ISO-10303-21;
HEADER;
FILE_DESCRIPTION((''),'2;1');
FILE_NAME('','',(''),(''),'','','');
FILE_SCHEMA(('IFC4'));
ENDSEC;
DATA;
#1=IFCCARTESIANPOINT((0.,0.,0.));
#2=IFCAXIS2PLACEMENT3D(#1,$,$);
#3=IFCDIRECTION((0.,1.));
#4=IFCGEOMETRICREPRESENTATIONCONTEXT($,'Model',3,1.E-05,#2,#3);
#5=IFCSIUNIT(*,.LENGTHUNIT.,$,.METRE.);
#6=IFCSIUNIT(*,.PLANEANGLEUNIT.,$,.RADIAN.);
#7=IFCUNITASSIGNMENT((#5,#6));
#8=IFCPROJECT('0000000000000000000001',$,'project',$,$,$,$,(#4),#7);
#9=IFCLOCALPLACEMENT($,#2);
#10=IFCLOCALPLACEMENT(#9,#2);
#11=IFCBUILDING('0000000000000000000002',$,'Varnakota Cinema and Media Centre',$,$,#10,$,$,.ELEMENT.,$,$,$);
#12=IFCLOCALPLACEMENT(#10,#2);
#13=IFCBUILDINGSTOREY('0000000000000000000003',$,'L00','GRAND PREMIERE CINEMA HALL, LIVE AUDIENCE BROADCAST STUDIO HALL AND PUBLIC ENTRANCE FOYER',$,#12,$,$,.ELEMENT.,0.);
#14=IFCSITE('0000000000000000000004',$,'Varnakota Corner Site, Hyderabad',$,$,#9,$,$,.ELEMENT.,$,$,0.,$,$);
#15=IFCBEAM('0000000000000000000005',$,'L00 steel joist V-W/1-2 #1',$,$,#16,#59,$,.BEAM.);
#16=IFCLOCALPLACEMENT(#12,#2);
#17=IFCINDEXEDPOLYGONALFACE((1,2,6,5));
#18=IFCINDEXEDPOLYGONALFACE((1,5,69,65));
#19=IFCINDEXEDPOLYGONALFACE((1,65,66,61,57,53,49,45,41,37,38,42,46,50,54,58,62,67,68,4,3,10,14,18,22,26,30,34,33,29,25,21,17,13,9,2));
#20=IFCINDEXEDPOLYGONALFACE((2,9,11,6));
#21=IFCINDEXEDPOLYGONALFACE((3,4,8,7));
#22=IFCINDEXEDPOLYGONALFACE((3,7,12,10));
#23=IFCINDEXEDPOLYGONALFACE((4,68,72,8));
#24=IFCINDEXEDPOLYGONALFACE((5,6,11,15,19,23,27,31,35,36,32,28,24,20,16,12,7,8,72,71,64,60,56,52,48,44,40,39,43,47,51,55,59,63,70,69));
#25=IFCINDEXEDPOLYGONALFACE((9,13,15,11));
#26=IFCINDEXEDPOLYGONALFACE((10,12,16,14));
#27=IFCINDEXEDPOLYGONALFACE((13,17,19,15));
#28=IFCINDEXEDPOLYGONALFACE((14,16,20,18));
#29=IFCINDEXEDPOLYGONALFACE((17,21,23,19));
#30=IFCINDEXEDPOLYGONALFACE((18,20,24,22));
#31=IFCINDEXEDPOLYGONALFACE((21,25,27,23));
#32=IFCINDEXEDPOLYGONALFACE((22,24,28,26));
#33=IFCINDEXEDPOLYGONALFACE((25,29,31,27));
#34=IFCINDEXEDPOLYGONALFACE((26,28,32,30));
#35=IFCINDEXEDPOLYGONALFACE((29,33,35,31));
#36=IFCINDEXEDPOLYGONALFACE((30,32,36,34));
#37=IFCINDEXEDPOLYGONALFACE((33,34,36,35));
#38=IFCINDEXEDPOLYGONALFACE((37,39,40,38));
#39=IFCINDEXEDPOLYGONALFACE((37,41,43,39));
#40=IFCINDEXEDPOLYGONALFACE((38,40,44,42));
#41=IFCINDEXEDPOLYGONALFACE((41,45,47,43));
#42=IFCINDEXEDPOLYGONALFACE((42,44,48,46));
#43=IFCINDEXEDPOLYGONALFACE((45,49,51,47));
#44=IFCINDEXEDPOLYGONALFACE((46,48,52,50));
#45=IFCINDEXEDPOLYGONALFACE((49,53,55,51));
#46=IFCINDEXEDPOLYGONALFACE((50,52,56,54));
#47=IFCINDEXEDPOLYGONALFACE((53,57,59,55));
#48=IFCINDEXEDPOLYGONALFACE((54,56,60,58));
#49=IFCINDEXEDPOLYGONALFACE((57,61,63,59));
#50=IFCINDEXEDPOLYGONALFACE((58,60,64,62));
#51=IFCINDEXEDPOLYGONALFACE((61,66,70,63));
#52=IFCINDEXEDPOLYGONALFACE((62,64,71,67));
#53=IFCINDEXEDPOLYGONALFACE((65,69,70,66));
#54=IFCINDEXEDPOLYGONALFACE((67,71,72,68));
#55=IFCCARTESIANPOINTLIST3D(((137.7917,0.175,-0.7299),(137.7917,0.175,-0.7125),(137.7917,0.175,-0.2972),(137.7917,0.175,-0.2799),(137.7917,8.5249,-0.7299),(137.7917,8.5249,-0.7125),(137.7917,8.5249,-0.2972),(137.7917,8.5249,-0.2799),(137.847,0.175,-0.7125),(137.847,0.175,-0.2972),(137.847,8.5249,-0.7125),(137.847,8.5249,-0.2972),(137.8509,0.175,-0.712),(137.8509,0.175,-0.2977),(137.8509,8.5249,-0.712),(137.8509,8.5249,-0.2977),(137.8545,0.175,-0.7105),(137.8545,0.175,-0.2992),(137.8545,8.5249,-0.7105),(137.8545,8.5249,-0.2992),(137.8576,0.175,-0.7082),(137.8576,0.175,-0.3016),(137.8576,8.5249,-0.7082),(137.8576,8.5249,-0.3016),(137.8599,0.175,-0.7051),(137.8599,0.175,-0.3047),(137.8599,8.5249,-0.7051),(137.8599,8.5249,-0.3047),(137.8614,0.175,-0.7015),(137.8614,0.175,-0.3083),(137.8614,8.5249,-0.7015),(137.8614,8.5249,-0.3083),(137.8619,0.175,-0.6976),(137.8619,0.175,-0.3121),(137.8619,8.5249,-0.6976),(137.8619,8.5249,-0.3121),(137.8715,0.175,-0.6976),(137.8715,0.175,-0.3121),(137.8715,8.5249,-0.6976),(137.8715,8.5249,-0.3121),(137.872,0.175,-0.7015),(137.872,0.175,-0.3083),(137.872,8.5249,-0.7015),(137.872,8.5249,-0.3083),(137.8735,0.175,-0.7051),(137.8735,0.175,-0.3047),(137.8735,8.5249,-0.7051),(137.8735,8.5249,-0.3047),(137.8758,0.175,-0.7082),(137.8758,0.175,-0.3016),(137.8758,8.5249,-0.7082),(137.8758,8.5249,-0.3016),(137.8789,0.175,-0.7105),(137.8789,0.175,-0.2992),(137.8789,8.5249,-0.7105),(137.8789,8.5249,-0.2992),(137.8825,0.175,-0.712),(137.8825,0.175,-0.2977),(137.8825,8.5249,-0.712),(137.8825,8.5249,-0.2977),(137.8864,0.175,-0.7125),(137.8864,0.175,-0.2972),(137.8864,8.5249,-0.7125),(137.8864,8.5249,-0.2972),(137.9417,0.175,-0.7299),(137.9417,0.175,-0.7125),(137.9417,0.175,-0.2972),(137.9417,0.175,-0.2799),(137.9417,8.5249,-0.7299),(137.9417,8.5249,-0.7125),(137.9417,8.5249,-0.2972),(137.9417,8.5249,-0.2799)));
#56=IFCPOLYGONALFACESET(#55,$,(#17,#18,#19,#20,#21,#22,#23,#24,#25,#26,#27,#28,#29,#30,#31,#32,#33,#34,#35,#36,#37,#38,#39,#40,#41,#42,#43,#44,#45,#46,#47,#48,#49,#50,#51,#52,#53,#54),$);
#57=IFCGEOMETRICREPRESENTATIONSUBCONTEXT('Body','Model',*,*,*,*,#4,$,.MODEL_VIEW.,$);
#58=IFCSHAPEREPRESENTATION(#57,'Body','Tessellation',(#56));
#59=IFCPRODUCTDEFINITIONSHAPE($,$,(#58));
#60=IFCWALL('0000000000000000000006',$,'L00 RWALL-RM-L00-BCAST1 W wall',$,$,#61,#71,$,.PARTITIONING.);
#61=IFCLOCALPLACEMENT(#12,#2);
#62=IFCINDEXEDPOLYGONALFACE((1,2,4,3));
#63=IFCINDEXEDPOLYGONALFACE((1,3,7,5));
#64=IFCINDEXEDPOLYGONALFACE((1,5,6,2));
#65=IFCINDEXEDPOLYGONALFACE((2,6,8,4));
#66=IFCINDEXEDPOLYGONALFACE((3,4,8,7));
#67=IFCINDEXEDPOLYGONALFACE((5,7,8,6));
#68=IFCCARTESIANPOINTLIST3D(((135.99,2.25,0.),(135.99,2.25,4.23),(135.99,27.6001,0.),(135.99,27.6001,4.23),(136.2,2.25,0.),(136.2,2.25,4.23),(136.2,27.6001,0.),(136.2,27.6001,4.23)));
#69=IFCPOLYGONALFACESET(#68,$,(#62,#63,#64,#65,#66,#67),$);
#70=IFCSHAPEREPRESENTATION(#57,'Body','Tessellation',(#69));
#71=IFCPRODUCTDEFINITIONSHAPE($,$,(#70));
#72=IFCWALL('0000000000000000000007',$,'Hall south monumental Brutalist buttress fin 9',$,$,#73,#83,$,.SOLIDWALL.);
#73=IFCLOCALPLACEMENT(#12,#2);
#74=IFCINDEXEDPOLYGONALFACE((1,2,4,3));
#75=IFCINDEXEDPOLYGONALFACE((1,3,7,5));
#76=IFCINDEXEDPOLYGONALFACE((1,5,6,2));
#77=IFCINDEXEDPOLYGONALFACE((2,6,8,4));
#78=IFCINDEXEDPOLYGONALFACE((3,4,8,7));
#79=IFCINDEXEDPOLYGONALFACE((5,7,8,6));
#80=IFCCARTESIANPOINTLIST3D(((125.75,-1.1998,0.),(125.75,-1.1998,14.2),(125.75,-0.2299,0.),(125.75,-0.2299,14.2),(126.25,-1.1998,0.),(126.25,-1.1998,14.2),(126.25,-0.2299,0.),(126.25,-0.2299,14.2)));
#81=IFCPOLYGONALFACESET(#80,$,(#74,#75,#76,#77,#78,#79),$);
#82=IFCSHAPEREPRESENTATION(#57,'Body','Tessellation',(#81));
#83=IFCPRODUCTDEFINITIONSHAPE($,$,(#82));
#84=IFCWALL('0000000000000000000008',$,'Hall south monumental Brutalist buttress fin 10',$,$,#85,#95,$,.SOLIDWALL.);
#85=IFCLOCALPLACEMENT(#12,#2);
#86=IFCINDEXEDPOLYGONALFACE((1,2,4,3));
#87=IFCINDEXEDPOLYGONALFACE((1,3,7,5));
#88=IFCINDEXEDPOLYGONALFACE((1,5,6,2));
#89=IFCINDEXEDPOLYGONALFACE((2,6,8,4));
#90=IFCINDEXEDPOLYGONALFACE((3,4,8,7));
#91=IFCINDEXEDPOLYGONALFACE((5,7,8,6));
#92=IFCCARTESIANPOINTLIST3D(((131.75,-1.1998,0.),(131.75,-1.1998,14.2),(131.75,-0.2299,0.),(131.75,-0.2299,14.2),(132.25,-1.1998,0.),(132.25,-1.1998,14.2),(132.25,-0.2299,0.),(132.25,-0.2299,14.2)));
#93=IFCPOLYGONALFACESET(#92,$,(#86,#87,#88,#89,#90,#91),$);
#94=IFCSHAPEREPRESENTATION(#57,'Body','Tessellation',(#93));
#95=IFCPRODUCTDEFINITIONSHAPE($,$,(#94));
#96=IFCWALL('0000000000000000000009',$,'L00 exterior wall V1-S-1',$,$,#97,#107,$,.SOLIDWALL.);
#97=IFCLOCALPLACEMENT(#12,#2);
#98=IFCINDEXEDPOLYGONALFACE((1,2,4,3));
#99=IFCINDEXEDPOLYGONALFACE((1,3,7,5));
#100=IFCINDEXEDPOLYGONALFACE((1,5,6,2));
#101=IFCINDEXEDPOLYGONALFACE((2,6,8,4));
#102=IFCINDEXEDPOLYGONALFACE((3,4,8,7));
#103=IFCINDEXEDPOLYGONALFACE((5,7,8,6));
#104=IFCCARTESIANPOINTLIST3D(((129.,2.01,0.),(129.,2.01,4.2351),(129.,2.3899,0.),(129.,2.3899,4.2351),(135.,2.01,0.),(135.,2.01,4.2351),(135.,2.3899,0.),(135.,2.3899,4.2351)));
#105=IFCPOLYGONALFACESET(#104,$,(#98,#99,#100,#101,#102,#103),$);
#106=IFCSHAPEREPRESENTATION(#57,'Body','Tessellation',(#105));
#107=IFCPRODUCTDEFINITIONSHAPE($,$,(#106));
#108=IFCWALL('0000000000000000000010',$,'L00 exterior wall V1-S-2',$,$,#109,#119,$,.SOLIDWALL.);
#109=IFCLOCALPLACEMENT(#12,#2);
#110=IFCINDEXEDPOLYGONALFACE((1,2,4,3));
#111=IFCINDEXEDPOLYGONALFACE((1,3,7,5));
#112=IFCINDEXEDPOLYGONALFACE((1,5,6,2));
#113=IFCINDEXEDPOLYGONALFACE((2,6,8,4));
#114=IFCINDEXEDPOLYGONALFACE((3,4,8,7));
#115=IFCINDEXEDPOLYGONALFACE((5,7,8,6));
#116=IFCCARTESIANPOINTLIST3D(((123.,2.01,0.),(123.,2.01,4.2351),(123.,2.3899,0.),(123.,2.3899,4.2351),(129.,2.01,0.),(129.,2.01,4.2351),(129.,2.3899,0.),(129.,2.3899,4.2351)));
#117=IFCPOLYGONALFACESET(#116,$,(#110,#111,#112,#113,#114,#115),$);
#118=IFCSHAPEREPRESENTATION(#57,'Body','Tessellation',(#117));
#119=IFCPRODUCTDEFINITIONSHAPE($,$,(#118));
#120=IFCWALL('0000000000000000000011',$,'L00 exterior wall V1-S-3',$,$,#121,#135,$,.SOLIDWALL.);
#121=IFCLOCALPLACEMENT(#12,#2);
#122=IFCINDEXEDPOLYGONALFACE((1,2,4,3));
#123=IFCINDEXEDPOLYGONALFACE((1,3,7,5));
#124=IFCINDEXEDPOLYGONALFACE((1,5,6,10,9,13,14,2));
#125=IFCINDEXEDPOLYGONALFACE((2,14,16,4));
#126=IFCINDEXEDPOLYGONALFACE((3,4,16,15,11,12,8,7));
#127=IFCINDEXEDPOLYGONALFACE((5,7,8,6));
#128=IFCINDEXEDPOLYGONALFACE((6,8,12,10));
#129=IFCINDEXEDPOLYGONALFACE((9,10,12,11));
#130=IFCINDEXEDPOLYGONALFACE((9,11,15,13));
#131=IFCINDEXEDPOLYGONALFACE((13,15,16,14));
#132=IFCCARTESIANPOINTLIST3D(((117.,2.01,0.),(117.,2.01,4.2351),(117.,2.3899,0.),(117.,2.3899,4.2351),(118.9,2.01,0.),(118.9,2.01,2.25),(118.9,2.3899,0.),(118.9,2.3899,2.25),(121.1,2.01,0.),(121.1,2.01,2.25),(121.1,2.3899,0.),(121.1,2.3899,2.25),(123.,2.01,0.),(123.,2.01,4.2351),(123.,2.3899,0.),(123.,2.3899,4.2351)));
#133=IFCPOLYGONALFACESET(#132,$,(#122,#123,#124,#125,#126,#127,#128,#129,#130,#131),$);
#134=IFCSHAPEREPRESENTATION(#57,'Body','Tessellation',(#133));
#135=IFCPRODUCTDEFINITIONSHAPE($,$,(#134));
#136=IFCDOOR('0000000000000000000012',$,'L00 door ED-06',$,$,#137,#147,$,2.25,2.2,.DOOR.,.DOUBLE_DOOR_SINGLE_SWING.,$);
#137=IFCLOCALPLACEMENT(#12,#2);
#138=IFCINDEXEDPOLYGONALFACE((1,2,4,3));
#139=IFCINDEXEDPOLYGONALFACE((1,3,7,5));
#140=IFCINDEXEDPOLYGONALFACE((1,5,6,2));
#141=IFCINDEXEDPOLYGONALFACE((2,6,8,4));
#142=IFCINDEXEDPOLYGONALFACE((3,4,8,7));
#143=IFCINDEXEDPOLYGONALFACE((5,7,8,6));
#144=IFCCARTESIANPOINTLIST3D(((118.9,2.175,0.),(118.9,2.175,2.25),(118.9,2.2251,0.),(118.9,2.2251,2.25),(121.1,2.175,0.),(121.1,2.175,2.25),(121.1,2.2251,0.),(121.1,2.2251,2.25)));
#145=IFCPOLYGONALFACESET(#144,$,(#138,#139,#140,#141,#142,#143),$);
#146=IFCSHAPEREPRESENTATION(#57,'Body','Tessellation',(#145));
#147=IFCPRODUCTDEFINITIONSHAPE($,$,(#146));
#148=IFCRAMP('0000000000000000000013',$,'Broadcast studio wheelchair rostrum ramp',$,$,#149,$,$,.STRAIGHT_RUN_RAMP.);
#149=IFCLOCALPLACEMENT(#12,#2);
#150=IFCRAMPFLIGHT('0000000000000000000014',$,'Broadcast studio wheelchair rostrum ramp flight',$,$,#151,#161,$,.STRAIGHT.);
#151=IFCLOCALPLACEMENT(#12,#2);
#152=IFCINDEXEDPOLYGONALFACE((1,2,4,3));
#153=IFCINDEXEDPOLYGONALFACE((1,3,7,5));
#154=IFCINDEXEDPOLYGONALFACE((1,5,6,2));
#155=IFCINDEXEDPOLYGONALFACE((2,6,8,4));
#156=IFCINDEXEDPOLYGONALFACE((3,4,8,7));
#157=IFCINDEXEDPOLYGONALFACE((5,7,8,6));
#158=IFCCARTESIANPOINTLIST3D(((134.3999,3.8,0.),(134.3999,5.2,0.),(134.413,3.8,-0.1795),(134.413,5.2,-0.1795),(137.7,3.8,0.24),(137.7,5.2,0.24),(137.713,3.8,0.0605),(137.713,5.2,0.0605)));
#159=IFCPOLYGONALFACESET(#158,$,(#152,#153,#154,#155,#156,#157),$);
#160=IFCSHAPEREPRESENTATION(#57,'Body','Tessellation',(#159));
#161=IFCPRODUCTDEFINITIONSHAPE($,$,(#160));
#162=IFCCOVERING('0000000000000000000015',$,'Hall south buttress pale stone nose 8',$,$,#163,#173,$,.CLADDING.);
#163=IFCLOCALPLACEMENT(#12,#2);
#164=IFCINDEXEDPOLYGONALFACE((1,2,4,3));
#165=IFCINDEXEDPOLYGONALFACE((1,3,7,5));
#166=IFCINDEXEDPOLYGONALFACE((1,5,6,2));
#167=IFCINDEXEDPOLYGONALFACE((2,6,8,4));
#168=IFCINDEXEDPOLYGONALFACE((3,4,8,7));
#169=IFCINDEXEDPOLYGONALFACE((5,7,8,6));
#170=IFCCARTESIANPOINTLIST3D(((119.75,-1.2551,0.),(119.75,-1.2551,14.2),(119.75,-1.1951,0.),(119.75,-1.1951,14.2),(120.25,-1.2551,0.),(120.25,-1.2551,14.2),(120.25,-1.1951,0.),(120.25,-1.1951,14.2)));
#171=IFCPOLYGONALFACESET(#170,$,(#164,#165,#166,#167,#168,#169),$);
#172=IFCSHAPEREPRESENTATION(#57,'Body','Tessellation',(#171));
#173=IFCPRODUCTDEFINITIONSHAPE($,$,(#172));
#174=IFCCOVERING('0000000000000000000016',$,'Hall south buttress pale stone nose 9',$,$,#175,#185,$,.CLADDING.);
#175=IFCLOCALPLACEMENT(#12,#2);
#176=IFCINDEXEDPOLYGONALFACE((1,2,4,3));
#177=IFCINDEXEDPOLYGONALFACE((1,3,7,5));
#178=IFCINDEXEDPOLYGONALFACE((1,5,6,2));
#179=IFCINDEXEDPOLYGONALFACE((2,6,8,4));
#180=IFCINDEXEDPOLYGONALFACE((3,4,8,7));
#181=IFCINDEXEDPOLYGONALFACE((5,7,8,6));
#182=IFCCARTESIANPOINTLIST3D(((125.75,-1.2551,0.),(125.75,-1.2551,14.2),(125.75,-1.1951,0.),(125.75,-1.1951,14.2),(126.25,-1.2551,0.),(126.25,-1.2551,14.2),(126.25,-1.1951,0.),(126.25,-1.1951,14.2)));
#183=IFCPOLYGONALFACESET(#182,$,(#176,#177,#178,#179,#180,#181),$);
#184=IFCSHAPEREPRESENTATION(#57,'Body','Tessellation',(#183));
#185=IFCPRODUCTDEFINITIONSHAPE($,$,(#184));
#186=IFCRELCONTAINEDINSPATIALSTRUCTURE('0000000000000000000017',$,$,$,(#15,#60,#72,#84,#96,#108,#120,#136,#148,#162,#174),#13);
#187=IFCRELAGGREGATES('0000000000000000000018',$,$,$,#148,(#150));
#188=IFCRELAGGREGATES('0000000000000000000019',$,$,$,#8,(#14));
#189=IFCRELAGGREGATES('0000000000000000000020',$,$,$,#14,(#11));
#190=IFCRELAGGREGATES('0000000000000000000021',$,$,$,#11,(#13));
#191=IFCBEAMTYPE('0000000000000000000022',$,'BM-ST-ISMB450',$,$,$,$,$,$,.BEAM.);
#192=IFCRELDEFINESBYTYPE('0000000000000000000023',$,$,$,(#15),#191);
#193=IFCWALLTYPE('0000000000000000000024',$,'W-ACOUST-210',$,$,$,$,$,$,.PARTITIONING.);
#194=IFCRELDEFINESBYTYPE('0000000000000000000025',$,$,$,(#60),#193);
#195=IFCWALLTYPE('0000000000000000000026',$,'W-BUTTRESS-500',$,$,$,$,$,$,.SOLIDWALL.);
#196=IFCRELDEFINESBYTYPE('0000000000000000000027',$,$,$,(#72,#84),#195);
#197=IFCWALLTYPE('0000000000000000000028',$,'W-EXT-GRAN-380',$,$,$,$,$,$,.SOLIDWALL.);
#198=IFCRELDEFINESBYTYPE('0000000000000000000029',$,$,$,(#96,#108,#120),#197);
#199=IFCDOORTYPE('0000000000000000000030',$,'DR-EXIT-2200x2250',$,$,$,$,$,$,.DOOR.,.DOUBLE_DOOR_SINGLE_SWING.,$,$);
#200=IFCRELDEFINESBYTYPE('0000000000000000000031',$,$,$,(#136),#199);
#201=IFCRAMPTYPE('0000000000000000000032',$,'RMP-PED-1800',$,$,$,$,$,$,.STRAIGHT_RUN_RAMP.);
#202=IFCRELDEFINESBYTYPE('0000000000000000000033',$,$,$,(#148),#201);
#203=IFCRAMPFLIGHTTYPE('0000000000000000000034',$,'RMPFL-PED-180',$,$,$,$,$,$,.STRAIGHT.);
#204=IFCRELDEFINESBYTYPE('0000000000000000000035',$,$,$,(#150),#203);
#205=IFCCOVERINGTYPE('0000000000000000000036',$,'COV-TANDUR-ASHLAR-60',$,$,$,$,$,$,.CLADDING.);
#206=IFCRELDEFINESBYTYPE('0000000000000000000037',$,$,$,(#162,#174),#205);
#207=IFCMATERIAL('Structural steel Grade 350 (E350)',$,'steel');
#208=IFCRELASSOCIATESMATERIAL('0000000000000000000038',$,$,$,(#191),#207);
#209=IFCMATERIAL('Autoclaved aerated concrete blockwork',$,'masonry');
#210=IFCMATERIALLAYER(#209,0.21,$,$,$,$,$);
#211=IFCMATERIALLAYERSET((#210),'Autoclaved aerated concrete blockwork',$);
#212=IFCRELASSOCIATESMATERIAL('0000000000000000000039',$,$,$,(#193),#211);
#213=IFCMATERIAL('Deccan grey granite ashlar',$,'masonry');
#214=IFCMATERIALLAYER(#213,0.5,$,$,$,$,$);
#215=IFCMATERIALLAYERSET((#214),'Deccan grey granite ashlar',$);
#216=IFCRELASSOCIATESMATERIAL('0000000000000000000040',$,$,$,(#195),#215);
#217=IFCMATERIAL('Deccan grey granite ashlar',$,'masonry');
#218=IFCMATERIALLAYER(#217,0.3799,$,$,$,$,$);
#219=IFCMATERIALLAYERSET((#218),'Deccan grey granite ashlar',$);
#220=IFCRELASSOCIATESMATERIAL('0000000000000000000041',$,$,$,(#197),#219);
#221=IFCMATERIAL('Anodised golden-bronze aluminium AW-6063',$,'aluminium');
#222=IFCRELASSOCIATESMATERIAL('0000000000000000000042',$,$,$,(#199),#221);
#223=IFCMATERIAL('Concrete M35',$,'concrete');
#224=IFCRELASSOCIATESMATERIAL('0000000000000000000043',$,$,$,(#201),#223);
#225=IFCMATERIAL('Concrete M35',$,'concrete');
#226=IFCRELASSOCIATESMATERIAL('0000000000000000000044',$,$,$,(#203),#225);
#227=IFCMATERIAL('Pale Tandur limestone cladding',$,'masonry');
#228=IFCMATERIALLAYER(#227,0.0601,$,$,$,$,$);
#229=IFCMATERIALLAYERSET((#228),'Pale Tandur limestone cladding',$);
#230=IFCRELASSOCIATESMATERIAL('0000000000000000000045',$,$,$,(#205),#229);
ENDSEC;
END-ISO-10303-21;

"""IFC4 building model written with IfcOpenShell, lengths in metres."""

from ifc_helpers import new_model, si_unit, direction, frame, frame_2d, origin, origin_2d, place, context, subcontext, project, spatial, polyline, rectangle, i_section, outline, extrude, material, layer, layer_set, material_profile, profile_set, type_object, element, fill, aggregate, save


model = new_model("IFC4")

# Units and contexts
model_context = context("Model", 3, precision=1e-05, world=origin(), true_north=direction((0.0, 1.0)))
body_context = subcontext(model_context, "Body", "Model", "MODEL_VIEW")
ifc_project = project(units=[si_unit("LENGTHUNIT", "METRE"), si_unit("PLANEANGLEUNIT", "RADIAN")], contexts=[model_context])

# Site, building, storey
site_placement = place(None, origin())
site = spatial("IfcSite", under=ifc_project, at=site_placement, Name="Varnakota Corner Site, Hyderabad", CompositionType="ELEMENT", RefElevation=0.0)
building_placement = place(site_placement, origin())
building = spatial("IfcBuilding", under=site, at=building_placement, Name="Varnakota Cinema and Media Centre", CompositionType="ELEMENT")
storey_placement = place(building_placement, origin())
storey = spatial("IfcBuildingStorey", under=building, at=storey_placement, Name="L00", Description="GRAND PREMIERE CINEMA HALL, LIVE AUDIENCE BROADCAST STUDIO HALL AND PUBLIC ENTRANCE FOYER", CompositionType="ELEMENT", Elevation=0.0)

# Beam
ifc_material_1 = material(Name="Structural steel Grade 350 (E350)", Category="steel")
ifc_material_profile_1 = material_profile(ifc_material_1, i_section(OverallWidth=0.1499, OverallDepth=0.45, WebThickness=0.0095, FlangeThickness=0.0173, FilletRadius=0.0149, at=origin_2d()), Name="ISMB 450")
ifc_profile_set_1 = profile_set([ifc_material_profile_1], Name="Structural steel Grade 350 (E350)")
beam_type_1 = type_object("IfcBeamType", Name="BM-ST-ISMB450", PredefinedType="BEAM", material=ifc_profile_set_1)
beam_1_placement = place(storey_placement, frame((137.8667, 0.175, -0.5049), z_axis=(0.0, 1.0, 0.0), x_axis=(-1.0, 0.0, 0.0)))
element("IfcBeam", 1, at=beam_1_placement, inside=storey, type_object=beam_type_1, Name="L00 steel joist V-W/1-2 #1", PredefinedType="BEAM", context=body_context, shape_type="SweptSolid", body=[
    extrude(i_section(OverallWidth=0.1499, OverallDepth=0.45, WebThickness=0.0095, FlangeThickness=0.0173, FilletRadius=0.0149, at=origin_2d()), origin(), (0.0, 0.0, 1.0), 8.3499),
])

# Walls
ifc_material_2 = material(Name="Autoclaved aerated concrete blockwork", Category="masonry")
ifc_layer_1 = layer(ifc_material_2, 0.21)
ifc_layer_set_1 = layer_set([ifc_layer_1], Name="Autoclaved aerated concrete blockwork")
wall_type_1 = type_object("IfcWallType", Name="W-ACOUST-210", PredefinedType="PARTITIONING", material=ifc_layer_set_1)
wall_1_placement = place(storey_placement, frame((136.095, 2.25, 0.0), z_axis=(0.0, 0.0, 1.0), x_axis=(0.0, 1.0, 0.0)))
element("IfcWall", 2, at=wall_1_placement, inside=storey, type_object=wall_type_1, Name="L00 RWALL-RM-L00-BCAST1 W wall", PredefinedType="PARTITIONING", context=body_context, shape_type="SweptSolid", body=[
    extrude(rectangle(XDim=25.3501, YDim=0.21, at=frame_2d((12.675, 0.0))), origin(), (0.0, 0.0, 1.0), 4.23),
])
ifc_material_3 = material(Name="Deccan grey granite ashlar", Category="masonry")
ifc_layer_2 = layer(ifc_material_3, 0.5)
ifc_layer_set_2 = layer_set([ifc_layer_2], Name="Deccan grey granite ashlar")
wall_type_2 = type_object("IfcWallType", Name="W-BUTTRESS-500", PredefinedType="SOLIDWALL", material=ifc_layer_set_2)
for number, where, z_axis, x_axis, name in (
    (3, (126.0, -0.23, 0.0), (0.0, 0.0, 1.0), (0.0, -1.0, 0.0), "Hall south monumental Brutalist buttress fin 9"),
    (4, (132.0, -0.23, 0.0), (0.0, 0.0, 1.0), (0.0, -1.0, 0.0), "Hall south monumental Brutalist buttress fin 10"),
):
    element("IfcWall", number, at=place(storey_placement, frame(where, z_axis=z_axis, x_axis=x_axis)), inside=storey, type_object=wall_type_2, Name=name, PredefinedType="SOLIDWALL", context=body_context, shape_type="SweptSolid", body=[
        extrude(rectangle(XDim=0.97, YDim=0.5, at=frame_2d((0.4849, 0.0))), origin(), (0.0, 0.0, 1.0), 14.2),
    ])
ifc_material_4 = material(Name="Deccan grey granite ashlar", Category="masonry")
ifc_layer_3 = layer(ifc_material_4, 0.3799)
ifc_layer_set_3 = layer_set([ifc_layer_3], Name="Deccan grey granite ashlar")
wall_type_3 = type_object("IfcWallType", Name="W-EXT-GRAN-380", PredefinedType="SOLIDWALL", material=ifc_layer_set_3)
for number, where, z_axis, x_axis, name in (
    (5, (135.0, 2.2, 0.0), (0.0, 0.0, 1.0), (-1.0, 0.0, 0.0), "L00 exterior wall V1-S-1"),
    (6, (129.0, 2.2, 0.0), (0.0, 0.0, 1.0), (-1.0, 0.0, 0.0), "L00 exterior wall V1-S-2"),
):
    element("IfcWall", number, at=place(storey_placement, frame(where, z_axis=z_axis, x_axis=x_axis)), inside=storey, type_object=wall_type_3, Name=name, PredefinedType="SOLIDWALL", context=body_context, shape_type="SweptSolid", body=[
        extrude(rectangle(XDim=6.0, YDim=0.3799, at=frame_2d((3.0, 0.0))), origin(), (0.0, 0.0, 1.0), 4.2351),
    ])

# Wall, opening, door
wall_2_placement = place(storey_placement, frame((123.0, 2.2, 0.0), z_axis=(0.0, 0.0, 1.0), x_axis=(-1.0, 0.0, 0.0)))
wall_2 = element("IfcWall", 7, at=wall_2_placement, inside=storey, type_object=wall_type_3, Name="L00 exterior wall V1-S-3", PredefinedType="SOLIDWALL", context=body_context, shape_type="SweptSolid", body=[
    extrude(rectangle(XDim=6.0, YDim=0.3799, at=frame_2d((3.0, 0.0))), origin(), (0.0, 0.0, 1.0), 4.2351),
])
opening_placement = place(wall_2_placement, frame((1.8999, 0.0, 0.0)))
opening = element("IfcOpeningElement", 8, at=opening_placement, cuts=wall_2, PredefinedType="OPENING", context=body_context, shape_type="SweptSolid", body=[
    extrude(rectangle(XDim=2.2, YDim=2.25, at=frame_2d((1.1001, 1.125))), frame((0.0, 0.1899, 0.0), z_axis=(0.0, -1.0, 0.0), x_axis=(1.0, 0.0, 0.0)), (0.0, 0.0, 1.0), 0.3799),
])
ifc_material_5 = material(Name="Anodised golden-bronze aluminium AW-6063", Category="aluminium")
door_type = type_object("IfcDoorType", Name="DR-EXIT-2200x2250", OperationType="DOUBLE_DOOR_SINGLE_SWING", PredefinedType="DOOR", material=ifc_material_5)
door_placement = place(opening_placement, origin())
door = element("IfcDoor", 9, at=door_placement, inside=storey, type_object=door_type, Name="L00 door ED-06", OperationType="DOUBLE_DOOR_SINGLE_SWING", OverallHeight=2.25, OverallWidth=2.2, PredefinedType="DOOR", context=body_context, shape_type="SweptSolid", body=[
    extrude(rectangle(XDim=2.2, YDim=2.25, at=frame_2d((1.1001, 1.125))), frame((0.0, 0.0249, 0.0), z_axis=(0.0, -1.0, 0.0), x_axis=(1.0, 0.0, 0.0)), (0.0, 0.0, 1.0), 0.05),
])
fill(opening, door)

# Ramp, ramp flight
ifc_material_6 = material(Name="Concrete M35", Category="concrete")
ramp_type = type_object("IfcRampType", Name="RMP-PED-1800", PredefinedType="STRAIGHT_RUN_RAMP", material=ifc_material_6)
ramp_placement = place(storey_placement, frame((136.05, 4.5, 0.0701), z_axis=(0.0, 0.0, 1.0), x_axis=(1.0, 0.0, 0.0)))
ramp = element("IfcRamp", 10, at=ramp_placement, inside=storey, type_object=ramp_type, Name="Broadcast studio wheelchair rostrum ramp", PredefinedType="STRAIGHT_RUN_RAMP")
ifc_material_7 = material(Name="Concrete M35", Category="concrete")
ramp_flight_type = type_object("IfcRampFlightType", Name="RMPFL-PED-180", PredefinedType="STRAIGHT", material=ifc_material_7)
ramp_flight_placement = place(storey_placement, frame((134.3999, 3.8, 0.0), z_axis=(-0.072532, 0.0, 0.997366), x_axis=(0.997366, 0.0, 0.072532)))
ramp_flight = element("IfcRampFlight", 11, at=ramp_flight_placement, type_object=ramp_flight_type, Name="Broadcast studio wheelchair rostrum ramp flight", PredefinedType="STRAIGHT", context=body_context, shape_type="SweptSolid", body=[
    extrude(outline(polyline([(0.0, 0.0), (3.3088, 0.0), (3.3088, 1.3999), (0.0, 1.3999), (0.0, 0.0)])), origin(), (0.0, 0.0, -1.0), 0.1799),
])
aggregate(ramp, [ramp_flight])

# Coverings
ifc_material_8 = material(Name="Pale Tandur limestone cladding", Category="masonry")
ifc_layer_4 = layer(ifc_material_8, 0.0601)
ifc_layer_set_4 = layer_set([ifc_layer_4], Name="Pale Tandur limestone cladding")
covering_type = type_object("IfcCoveringType", Name="COV-TANDUR-ASHLAR-60", PredefinedType="CLADDING", material=ifc_layer_set_4)
for number, where, z_axis, x_axis, name in (
    (12, (120.0, -1.2251, 0.0), (0.0, 0.0, 1.0), (1.0, 0.0, 0.0), "Hall south buttress pale stone nose 8"),
    (13, (126.0, -1.2251, 0.0), (0.0, 0.0, 1.0), (1.0, 0.0, 0.0), "Hall south buttress pale stone nose 9"),
):
    element("IfcCovering", number, at=place(storey_placement, frame(where, z_axis=z_axis, x_axis=x_axis)), inside=storey, type_object=covering_type, Name=name, PredefinedType="CLADDING", context=body_context, shape_type="SweptSolid", body=[
        extrude(rectangle(XDim=0.5, YDim=0.0601, at=origin_2d()), origin(), (0.0, 0.0, 1.0), 14.2),
    ])

save(model, "model.ifc")
